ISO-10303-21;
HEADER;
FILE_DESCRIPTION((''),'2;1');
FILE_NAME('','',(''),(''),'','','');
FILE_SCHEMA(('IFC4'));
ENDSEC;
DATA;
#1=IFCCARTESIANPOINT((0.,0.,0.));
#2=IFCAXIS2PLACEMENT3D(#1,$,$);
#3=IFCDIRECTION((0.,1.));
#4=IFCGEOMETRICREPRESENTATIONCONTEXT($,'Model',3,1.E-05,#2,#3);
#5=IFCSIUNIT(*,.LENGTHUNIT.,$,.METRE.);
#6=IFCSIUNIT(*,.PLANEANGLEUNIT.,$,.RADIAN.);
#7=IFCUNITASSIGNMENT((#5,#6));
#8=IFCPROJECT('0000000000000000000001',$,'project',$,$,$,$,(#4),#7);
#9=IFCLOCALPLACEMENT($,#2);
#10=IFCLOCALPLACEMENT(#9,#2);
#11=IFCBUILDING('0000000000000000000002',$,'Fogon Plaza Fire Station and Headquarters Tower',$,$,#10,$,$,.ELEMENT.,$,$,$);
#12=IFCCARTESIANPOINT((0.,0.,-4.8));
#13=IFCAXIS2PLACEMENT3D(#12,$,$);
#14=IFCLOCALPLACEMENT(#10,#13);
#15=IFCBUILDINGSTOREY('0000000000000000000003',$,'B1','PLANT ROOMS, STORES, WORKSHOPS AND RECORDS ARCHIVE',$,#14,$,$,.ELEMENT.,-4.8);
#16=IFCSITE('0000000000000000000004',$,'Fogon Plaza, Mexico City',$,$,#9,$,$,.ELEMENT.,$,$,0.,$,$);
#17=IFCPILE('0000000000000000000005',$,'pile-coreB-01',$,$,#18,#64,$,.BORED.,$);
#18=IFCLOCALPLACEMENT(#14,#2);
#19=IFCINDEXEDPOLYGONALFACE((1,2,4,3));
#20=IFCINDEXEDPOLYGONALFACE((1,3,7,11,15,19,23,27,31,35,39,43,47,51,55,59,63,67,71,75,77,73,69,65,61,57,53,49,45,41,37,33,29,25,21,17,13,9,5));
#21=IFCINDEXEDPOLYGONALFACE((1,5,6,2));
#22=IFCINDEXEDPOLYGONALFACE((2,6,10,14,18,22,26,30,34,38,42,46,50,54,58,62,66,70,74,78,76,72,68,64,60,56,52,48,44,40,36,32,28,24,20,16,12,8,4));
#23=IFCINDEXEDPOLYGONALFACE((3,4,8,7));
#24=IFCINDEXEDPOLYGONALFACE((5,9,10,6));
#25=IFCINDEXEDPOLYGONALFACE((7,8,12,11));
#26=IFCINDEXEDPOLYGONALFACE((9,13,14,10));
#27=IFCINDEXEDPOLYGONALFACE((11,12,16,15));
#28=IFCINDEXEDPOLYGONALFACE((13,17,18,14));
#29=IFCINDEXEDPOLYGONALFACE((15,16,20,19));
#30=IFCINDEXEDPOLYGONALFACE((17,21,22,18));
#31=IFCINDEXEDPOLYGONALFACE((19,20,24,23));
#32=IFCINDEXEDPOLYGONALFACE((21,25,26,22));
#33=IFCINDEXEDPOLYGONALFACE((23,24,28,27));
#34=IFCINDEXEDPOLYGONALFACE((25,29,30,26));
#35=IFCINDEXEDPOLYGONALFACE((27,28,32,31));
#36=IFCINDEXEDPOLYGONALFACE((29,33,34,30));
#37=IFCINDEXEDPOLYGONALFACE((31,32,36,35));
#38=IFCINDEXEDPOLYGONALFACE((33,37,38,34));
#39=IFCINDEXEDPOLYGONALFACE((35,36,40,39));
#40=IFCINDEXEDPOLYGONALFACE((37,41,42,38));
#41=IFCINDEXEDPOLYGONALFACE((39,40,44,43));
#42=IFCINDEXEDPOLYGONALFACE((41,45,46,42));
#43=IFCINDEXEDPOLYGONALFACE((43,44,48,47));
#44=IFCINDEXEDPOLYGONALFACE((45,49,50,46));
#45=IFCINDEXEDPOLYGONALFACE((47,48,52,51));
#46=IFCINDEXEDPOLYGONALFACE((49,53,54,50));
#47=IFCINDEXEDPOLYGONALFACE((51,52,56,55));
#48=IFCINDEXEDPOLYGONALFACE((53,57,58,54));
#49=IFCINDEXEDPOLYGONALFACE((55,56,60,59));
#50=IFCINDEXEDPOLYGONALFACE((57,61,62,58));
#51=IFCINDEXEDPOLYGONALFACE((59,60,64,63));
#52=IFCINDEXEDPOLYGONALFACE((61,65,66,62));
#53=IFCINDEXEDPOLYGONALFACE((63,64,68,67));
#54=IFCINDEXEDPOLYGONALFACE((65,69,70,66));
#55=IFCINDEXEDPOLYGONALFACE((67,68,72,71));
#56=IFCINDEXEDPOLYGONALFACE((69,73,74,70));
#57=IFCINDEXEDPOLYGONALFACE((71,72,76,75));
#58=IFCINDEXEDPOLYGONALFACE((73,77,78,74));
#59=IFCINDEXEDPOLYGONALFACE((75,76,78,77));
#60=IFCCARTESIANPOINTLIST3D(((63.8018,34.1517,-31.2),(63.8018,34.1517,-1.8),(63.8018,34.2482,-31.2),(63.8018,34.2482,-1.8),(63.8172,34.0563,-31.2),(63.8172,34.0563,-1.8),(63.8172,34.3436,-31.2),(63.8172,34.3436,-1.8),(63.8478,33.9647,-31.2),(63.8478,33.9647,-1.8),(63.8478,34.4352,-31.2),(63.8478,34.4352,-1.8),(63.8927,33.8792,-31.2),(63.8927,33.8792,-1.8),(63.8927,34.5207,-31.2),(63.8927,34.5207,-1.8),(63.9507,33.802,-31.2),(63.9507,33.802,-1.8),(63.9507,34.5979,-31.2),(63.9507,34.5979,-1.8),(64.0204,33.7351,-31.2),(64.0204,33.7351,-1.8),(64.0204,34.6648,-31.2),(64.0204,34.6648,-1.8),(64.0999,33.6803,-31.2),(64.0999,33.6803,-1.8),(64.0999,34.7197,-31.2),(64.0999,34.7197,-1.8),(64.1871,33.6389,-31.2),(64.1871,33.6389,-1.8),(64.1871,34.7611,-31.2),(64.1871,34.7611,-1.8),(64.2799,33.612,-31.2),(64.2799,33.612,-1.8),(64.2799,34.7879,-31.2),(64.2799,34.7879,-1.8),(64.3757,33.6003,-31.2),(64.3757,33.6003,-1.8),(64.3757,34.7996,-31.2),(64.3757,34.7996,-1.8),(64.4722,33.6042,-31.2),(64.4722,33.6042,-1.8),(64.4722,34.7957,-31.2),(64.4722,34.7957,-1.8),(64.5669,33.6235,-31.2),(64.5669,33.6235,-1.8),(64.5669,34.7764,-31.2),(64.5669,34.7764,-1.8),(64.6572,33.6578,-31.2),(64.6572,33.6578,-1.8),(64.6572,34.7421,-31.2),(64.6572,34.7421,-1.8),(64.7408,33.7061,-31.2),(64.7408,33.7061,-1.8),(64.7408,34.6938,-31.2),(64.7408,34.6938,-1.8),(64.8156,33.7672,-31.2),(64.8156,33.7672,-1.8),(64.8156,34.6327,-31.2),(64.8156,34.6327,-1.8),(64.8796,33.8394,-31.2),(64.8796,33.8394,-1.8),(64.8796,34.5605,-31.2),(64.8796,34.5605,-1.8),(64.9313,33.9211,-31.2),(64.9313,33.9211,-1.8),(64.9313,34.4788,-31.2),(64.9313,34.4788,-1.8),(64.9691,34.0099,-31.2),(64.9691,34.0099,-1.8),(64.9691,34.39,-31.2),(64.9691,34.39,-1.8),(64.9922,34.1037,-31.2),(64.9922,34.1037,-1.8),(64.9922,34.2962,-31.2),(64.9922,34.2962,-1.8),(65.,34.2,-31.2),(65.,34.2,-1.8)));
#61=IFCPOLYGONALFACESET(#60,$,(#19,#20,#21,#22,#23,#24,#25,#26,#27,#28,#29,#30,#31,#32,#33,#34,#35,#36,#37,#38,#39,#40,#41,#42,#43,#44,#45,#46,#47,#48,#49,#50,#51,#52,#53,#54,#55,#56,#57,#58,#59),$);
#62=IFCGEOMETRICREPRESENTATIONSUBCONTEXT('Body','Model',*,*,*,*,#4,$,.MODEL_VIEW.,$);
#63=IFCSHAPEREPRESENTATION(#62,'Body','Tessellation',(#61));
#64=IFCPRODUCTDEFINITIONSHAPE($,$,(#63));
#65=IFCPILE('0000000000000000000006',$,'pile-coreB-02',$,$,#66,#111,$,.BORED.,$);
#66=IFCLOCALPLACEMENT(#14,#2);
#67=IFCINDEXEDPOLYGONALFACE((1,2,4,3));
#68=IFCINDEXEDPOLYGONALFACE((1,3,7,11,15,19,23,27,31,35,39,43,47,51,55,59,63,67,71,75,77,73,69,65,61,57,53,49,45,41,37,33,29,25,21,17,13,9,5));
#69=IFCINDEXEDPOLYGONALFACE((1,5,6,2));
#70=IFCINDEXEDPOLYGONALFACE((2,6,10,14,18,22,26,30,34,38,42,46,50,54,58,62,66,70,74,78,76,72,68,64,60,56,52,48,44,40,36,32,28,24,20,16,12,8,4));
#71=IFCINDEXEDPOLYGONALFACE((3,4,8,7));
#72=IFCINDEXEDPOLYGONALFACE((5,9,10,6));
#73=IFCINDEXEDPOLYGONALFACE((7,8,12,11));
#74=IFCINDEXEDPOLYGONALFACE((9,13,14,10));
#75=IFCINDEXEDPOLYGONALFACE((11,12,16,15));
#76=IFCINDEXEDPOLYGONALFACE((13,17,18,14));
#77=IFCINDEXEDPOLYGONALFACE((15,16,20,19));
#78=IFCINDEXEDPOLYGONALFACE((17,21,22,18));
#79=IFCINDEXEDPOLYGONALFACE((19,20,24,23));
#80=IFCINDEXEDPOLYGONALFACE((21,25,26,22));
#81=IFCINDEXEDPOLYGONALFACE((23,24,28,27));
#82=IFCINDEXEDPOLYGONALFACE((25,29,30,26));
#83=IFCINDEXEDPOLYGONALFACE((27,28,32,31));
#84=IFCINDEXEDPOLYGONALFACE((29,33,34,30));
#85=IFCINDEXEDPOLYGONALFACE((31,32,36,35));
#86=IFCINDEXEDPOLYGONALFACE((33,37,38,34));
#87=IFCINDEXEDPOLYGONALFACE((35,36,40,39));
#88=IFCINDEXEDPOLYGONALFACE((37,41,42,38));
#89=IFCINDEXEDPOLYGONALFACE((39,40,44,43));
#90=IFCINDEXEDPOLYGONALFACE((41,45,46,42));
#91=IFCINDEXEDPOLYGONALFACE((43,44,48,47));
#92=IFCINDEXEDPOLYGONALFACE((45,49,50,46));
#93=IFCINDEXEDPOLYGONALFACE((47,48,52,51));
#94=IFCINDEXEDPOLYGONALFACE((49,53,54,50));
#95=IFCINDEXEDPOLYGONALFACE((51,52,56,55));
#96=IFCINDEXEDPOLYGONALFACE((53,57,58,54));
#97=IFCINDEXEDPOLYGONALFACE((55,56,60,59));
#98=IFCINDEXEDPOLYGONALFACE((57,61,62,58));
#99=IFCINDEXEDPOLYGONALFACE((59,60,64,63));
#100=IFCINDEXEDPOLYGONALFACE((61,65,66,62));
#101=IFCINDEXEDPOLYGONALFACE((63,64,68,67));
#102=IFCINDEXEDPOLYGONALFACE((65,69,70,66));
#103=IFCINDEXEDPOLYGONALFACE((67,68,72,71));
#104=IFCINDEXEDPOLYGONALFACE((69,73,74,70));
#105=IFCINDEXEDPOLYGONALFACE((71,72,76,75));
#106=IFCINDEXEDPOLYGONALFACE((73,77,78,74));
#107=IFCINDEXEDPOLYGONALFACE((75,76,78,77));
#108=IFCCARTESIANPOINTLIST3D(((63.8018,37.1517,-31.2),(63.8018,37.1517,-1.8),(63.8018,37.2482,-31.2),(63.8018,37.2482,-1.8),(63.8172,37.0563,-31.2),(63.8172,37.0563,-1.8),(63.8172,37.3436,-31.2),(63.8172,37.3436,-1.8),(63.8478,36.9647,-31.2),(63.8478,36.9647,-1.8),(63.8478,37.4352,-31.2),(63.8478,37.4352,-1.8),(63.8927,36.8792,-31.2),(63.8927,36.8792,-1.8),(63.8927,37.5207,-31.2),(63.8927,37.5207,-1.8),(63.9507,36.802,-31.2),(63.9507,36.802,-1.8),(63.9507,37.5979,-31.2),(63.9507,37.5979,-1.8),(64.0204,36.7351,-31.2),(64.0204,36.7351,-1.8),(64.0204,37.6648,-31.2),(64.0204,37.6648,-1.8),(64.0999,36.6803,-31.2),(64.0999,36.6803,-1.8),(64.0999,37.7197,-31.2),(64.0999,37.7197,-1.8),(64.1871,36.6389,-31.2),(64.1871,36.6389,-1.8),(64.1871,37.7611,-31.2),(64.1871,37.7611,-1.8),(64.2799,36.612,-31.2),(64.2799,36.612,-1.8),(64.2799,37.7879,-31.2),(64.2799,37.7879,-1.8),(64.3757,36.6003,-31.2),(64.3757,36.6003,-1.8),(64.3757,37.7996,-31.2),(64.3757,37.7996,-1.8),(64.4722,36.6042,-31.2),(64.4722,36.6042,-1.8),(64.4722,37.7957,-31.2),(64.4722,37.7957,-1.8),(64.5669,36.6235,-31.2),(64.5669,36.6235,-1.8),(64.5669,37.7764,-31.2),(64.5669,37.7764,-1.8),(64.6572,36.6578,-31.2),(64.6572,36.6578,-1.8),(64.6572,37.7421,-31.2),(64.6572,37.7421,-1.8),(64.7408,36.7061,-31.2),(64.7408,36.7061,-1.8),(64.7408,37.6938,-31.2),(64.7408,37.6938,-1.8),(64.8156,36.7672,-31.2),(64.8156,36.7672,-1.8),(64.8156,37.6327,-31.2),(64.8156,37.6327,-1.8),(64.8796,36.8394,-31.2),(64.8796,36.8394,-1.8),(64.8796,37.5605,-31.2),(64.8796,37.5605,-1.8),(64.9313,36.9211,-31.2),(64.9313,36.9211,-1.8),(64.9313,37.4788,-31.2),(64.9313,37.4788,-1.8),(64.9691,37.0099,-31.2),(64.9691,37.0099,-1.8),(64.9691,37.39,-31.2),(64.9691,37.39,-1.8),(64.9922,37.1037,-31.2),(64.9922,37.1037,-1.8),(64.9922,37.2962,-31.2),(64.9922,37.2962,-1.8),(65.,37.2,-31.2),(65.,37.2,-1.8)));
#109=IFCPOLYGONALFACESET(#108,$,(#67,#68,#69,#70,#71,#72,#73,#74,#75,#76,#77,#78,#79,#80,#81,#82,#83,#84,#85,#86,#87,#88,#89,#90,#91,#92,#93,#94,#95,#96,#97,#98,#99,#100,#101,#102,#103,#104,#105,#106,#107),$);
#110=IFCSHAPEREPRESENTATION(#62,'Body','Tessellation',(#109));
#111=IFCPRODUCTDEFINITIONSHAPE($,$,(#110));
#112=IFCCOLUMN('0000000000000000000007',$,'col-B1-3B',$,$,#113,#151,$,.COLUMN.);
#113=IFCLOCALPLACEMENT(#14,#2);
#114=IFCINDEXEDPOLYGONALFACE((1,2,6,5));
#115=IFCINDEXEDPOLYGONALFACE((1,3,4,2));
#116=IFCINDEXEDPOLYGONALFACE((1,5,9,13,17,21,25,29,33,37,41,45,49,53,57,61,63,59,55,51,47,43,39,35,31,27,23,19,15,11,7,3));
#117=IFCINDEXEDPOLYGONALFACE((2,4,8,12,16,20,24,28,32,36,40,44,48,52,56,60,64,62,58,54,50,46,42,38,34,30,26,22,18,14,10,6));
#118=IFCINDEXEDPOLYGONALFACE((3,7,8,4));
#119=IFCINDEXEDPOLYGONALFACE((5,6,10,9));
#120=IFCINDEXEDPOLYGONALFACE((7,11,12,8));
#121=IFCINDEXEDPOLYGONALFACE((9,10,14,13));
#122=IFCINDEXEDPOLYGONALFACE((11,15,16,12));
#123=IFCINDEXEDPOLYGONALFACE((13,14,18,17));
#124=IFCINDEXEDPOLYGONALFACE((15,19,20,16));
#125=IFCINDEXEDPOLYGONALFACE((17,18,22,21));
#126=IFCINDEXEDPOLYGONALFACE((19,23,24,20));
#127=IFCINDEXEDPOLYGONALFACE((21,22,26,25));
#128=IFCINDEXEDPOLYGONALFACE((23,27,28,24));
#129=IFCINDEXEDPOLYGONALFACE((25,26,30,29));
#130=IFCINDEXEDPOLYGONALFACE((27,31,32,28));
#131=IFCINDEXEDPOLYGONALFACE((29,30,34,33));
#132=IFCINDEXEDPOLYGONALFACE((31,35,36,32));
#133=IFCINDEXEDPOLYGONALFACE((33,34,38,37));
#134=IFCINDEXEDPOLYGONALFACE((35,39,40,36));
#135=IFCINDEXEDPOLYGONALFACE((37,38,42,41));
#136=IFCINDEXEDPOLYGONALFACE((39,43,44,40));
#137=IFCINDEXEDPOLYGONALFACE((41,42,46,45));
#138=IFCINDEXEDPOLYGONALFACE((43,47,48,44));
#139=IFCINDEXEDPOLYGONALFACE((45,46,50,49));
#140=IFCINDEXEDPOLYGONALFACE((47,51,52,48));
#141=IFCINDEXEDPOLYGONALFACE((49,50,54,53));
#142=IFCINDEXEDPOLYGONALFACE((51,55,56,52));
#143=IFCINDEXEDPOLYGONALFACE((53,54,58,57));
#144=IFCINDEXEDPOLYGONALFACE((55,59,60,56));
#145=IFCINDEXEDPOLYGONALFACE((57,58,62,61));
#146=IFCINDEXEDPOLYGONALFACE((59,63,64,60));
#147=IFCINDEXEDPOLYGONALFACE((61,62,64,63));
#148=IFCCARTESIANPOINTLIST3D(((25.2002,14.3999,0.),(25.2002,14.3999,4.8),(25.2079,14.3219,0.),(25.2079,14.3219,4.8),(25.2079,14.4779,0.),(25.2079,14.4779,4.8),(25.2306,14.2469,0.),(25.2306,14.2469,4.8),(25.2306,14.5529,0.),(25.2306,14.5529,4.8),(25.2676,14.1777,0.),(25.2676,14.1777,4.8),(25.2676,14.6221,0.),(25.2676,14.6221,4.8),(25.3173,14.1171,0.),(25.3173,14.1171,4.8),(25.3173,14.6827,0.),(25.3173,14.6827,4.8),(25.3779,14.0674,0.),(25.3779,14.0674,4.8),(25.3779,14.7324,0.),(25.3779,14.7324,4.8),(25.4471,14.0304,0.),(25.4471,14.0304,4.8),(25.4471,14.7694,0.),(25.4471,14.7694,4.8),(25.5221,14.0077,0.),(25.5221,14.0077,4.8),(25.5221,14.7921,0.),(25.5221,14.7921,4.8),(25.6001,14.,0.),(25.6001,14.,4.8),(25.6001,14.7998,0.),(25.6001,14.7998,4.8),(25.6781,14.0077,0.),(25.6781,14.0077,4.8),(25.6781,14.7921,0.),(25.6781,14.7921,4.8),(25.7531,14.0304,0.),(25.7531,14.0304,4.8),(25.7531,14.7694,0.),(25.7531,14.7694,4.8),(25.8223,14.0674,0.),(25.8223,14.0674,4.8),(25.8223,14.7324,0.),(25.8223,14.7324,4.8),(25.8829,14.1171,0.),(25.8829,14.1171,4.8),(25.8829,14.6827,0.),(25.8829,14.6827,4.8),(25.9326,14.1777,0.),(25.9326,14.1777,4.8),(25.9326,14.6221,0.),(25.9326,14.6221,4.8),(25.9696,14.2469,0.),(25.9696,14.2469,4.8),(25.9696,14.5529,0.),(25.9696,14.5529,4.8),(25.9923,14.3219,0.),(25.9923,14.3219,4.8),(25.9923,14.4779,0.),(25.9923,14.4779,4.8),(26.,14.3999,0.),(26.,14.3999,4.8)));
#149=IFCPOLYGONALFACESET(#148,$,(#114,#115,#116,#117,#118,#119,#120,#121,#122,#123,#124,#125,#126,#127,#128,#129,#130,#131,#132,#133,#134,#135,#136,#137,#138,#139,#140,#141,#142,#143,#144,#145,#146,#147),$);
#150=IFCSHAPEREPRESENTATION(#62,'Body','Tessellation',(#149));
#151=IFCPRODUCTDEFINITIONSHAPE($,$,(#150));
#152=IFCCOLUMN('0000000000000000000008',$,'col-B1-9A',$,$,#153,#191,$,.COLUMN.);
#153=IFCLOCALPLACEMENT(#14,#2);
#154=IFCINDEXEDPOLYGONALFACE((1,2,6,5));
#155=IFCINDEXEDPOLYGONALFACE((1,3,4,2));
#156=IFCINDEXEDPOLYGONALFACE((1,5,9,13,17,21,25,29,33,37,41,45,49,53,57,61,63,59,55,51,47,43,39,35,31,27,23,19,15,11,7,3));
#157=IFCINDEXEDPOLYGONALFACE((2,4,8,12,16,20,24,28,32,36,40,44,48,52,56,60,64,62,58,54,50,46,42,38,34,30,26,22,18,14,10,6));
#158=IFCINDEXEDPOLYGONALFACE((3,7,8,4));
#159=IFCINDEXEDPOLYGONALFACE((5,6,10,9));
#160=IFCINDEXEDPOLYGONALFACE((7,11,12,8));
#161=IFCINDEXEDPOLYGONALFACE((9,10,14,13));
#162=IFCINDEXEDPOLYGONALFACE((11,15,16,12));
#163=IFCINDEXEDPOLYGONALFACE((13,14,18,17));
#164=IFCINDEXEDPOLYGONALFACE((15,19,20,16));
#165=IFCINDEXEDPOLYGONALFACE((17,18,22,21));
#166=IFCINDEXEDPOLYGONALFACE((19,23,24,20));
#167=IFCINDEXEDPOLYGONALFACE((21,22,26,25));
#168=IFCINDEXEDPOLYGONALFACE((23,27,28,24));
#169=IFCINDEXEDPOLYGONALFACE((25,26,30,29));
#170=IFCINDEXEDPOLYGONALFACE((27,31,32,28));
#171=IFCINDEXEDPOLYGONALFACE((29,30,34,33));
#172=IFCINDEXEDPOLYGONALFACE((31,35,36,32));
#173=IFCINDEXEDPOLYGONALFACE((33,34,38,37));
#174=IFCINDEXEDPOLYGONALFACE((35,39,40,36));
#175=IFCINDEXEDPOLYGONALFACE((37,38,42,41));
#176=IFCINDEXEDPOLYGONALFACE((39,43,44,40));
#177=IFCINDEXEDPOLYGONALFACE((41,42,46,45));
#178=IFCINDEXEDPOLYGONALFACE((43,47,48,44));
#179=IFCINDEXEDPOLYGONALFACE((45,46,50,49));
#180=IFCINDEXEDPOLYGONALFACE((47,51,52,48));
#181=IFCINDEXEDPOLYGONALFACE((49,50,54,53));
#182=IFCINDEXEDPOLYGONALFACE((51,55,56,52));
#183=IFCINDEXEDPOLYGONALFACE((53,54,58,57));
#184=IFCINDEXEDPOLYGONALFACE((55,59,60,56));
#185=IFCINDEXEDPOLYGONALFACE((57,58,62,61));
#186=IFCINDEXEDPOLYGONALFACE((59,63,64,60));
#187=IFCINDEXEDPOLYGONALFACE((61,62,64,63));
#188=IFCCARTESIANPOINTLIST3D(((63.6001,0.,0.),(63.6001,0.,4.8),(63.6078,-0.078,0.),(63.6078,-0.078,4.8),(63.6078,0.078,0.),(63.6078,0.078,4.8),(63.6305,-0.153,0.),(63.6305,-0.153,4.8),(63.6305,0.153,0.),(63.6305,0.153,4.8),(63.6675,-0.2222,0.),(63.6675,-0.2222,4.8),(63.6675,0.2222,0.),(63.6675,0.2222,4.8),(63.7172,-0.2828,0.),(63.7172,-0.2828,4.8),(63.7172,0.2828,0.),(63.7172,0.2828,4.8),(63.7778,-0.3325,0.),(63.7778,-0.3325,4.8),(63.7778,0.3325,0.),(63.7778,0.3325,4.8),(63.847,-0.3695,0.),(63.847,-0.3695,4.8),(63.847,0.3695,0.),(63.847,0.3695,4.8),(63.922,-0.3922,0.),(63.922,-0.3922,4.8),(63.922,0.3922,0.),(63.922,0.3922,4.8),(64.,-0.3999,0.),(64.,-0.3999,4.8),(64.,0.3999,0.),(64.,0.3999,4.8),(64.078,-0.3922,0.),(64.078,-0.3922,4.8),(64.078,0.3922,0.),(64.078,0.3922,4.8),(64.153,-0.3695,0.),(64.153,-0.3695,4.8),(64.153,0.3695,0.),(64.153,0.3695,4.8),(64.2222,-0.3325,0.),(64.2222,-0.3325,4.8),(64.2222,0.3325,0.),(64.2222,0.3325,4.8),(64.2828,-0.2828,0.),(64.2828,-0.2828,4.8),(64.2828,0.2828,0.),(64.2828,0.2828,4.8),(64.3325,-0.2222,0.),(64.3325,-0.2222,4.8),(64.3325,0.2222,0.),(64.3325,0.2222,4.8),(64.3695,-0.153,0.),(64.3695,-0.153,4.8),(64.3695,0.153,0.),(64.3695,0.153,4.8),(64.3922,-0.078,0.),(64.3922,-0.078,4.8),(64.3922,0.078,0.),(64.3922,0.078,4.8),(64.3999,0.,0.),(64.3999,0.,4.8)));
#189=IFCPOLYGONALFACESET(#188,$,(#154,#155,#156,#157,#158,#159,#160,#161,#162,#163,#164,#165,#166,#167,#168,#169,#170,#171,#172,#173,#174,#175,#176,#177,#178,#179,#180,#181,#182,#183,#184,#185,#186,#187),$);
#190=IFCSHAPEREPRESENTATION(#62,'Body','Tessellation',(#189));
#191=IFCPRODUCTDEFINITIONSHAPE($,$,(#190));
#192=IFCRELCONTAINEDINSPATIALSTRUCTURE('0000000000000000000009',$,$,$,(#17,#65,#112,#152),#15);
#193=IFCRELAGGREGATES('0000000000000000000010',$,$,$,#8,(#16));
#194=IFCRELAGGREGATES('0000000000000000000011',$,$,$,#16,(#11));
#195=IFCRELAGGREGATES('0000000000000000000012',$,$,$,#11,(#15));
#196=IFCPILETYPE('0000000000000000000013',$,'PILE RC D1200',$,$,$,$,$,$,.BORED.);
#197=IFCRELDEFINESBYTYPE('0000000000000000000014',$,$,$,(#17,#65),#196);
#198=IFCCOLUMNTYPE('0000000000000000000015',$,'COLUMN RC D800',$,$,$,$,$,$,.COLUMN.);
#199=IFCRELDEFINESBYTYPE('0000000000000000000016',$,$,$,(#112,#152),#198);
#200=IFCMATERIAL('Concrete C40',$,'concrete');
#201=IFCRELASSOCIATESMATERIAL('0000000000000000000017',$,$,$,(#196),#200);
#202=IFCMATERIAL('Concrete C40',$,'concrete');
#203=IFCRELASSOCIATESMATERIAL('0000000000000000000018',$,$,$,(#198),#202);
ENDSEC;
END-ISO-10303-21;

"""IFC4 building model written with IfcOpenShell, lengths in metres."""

from ifc_helpers import new_model, si_unit, direction, frame, origin, origin_2d, place, context, subcontext, project, spatial, circle, extrude, material, material_profile, profile_set, type_object, element, save


model = new_model("IFC4")

# Units and contexts
model_context = context("Model", 3, precision=1e-05, world=origin(), true_north=direction((0.0, 1.0)))
body_context = subcontext(model_context, "Body", "Model", "MODEL_VIEW")
ifc_project = project(units=[si_unit("LENGTHUNIT", "METRE"), si_unit("PLANEANGLEUNIT", "RADIAN")], contexts=[model_context])

# Site, building, storey
site_placement = place(None, origin())
site = spatial("IfcSite", under=ifc_project, at=site_placement, Name="Fogon Plaza, Mexico City", CompositionType="ELEMENT", RefElevation=0.0)
building_placement = place(site_placement, origin())
building = spatial("IfcBuilding", under=site, at=building_placement, Name="Fogon Plaza Fire Station and Headquarters Tower", CompositionType="ELEMENT")
storey_placement = place(building_placement, frame((0.0, 0.0, -4.8)))
storey = spatial("IfcBuildingStorey", under=building, at=storey_placement, Name="B1", Description="PLANT ROOMS, STORES, WORKSHOPS AND RECORDS ARCHIVE", CompositionType="ELEMENT", Elevation=-4.8)

# Piles
ifc_material_1 = material(Name="Concrete C40", Category="concrete")
ifc_material_profile_1 = material_profile(ifc_material_1, circle(Radius=0.6001, at=origin_2d()), Name="RC D1200")
ifc_profile_set_1 = profile_set([ifc_material_profile_1], Name="Concrete C40")
pile_type_1 = type_object("IfcPileType", Name="PILE RC D1200", PredefinedType="BORED", material=ifc_profile_set_1)
for number, where, z_axis, x_axis, name in (
    (1, (64.3999, 34.2, -1.8), (0.0, 0.0, -1.0), (1.0, 0.0, 0.0), "pile-coreB-01"),
    (2, (64.3999, 37.2, -1.8), (0.0, 0.0, -1.0), (1.0, 0.0, 0.0), "pile-coreB-02"),
):
    element("IfcPile", number, at=place(storey_placement, frame(where, z_axis=z_axis, x_axis=x_axis)), inside=storey, type_object=pile_type_1, Name=name, PredefinedType="BORED", context=body_context, shape_type="SweptSolid", body=[
        extrude(circle(Radius=0.6001, at=origin_2d()), origin(), (0.0, 0.0, 1.0), 29.3999),
    ])

# Columns
ifc_material_2 = material(Name="Concrete C40", Category="concrete")
ifc_material_profile_2 = material_profile(ifc_material_2, circle(Radius=0.3999, at=origin_2d()), Name="RC D800")
ifc_profile_set_2 = profile_set([ifc_material_profile_2], Name="Concrete C40")
column_type = type_object("IfcColumnType", Name="COLUMN RC D800", PredefinedType="COLUMN", material=ifc_profile_set_2)
for number, where, z_axis, x_axis, name in (
    (3, (25.6001, 14.3999, 0.0), (0.0, 0.0, 1.0), (1.0, 0.0, 0.0), "col-B1-3B"),
    (4, (64.0, 0.0, 0.0), (0.0, 0.0, 1.0), (1.0, 0.0, 0.0), "col-B1-9A"),
):
    element("IfcColumn", number, at=place(storey_placement, frame(where, z_axis=z_axis, x_axis=x_axis)), inside=storey, type_object=column_type, Name=name, PredefinedType="COLUMN", context=body_context, shape_type="SweptSolid", body=[
        extrude(circle(Radius=0.3999, at=origin_2d()), origin(), (0.0, 0.0, 1.0), 4.8),
    ])

save(model, "model.ifc")
